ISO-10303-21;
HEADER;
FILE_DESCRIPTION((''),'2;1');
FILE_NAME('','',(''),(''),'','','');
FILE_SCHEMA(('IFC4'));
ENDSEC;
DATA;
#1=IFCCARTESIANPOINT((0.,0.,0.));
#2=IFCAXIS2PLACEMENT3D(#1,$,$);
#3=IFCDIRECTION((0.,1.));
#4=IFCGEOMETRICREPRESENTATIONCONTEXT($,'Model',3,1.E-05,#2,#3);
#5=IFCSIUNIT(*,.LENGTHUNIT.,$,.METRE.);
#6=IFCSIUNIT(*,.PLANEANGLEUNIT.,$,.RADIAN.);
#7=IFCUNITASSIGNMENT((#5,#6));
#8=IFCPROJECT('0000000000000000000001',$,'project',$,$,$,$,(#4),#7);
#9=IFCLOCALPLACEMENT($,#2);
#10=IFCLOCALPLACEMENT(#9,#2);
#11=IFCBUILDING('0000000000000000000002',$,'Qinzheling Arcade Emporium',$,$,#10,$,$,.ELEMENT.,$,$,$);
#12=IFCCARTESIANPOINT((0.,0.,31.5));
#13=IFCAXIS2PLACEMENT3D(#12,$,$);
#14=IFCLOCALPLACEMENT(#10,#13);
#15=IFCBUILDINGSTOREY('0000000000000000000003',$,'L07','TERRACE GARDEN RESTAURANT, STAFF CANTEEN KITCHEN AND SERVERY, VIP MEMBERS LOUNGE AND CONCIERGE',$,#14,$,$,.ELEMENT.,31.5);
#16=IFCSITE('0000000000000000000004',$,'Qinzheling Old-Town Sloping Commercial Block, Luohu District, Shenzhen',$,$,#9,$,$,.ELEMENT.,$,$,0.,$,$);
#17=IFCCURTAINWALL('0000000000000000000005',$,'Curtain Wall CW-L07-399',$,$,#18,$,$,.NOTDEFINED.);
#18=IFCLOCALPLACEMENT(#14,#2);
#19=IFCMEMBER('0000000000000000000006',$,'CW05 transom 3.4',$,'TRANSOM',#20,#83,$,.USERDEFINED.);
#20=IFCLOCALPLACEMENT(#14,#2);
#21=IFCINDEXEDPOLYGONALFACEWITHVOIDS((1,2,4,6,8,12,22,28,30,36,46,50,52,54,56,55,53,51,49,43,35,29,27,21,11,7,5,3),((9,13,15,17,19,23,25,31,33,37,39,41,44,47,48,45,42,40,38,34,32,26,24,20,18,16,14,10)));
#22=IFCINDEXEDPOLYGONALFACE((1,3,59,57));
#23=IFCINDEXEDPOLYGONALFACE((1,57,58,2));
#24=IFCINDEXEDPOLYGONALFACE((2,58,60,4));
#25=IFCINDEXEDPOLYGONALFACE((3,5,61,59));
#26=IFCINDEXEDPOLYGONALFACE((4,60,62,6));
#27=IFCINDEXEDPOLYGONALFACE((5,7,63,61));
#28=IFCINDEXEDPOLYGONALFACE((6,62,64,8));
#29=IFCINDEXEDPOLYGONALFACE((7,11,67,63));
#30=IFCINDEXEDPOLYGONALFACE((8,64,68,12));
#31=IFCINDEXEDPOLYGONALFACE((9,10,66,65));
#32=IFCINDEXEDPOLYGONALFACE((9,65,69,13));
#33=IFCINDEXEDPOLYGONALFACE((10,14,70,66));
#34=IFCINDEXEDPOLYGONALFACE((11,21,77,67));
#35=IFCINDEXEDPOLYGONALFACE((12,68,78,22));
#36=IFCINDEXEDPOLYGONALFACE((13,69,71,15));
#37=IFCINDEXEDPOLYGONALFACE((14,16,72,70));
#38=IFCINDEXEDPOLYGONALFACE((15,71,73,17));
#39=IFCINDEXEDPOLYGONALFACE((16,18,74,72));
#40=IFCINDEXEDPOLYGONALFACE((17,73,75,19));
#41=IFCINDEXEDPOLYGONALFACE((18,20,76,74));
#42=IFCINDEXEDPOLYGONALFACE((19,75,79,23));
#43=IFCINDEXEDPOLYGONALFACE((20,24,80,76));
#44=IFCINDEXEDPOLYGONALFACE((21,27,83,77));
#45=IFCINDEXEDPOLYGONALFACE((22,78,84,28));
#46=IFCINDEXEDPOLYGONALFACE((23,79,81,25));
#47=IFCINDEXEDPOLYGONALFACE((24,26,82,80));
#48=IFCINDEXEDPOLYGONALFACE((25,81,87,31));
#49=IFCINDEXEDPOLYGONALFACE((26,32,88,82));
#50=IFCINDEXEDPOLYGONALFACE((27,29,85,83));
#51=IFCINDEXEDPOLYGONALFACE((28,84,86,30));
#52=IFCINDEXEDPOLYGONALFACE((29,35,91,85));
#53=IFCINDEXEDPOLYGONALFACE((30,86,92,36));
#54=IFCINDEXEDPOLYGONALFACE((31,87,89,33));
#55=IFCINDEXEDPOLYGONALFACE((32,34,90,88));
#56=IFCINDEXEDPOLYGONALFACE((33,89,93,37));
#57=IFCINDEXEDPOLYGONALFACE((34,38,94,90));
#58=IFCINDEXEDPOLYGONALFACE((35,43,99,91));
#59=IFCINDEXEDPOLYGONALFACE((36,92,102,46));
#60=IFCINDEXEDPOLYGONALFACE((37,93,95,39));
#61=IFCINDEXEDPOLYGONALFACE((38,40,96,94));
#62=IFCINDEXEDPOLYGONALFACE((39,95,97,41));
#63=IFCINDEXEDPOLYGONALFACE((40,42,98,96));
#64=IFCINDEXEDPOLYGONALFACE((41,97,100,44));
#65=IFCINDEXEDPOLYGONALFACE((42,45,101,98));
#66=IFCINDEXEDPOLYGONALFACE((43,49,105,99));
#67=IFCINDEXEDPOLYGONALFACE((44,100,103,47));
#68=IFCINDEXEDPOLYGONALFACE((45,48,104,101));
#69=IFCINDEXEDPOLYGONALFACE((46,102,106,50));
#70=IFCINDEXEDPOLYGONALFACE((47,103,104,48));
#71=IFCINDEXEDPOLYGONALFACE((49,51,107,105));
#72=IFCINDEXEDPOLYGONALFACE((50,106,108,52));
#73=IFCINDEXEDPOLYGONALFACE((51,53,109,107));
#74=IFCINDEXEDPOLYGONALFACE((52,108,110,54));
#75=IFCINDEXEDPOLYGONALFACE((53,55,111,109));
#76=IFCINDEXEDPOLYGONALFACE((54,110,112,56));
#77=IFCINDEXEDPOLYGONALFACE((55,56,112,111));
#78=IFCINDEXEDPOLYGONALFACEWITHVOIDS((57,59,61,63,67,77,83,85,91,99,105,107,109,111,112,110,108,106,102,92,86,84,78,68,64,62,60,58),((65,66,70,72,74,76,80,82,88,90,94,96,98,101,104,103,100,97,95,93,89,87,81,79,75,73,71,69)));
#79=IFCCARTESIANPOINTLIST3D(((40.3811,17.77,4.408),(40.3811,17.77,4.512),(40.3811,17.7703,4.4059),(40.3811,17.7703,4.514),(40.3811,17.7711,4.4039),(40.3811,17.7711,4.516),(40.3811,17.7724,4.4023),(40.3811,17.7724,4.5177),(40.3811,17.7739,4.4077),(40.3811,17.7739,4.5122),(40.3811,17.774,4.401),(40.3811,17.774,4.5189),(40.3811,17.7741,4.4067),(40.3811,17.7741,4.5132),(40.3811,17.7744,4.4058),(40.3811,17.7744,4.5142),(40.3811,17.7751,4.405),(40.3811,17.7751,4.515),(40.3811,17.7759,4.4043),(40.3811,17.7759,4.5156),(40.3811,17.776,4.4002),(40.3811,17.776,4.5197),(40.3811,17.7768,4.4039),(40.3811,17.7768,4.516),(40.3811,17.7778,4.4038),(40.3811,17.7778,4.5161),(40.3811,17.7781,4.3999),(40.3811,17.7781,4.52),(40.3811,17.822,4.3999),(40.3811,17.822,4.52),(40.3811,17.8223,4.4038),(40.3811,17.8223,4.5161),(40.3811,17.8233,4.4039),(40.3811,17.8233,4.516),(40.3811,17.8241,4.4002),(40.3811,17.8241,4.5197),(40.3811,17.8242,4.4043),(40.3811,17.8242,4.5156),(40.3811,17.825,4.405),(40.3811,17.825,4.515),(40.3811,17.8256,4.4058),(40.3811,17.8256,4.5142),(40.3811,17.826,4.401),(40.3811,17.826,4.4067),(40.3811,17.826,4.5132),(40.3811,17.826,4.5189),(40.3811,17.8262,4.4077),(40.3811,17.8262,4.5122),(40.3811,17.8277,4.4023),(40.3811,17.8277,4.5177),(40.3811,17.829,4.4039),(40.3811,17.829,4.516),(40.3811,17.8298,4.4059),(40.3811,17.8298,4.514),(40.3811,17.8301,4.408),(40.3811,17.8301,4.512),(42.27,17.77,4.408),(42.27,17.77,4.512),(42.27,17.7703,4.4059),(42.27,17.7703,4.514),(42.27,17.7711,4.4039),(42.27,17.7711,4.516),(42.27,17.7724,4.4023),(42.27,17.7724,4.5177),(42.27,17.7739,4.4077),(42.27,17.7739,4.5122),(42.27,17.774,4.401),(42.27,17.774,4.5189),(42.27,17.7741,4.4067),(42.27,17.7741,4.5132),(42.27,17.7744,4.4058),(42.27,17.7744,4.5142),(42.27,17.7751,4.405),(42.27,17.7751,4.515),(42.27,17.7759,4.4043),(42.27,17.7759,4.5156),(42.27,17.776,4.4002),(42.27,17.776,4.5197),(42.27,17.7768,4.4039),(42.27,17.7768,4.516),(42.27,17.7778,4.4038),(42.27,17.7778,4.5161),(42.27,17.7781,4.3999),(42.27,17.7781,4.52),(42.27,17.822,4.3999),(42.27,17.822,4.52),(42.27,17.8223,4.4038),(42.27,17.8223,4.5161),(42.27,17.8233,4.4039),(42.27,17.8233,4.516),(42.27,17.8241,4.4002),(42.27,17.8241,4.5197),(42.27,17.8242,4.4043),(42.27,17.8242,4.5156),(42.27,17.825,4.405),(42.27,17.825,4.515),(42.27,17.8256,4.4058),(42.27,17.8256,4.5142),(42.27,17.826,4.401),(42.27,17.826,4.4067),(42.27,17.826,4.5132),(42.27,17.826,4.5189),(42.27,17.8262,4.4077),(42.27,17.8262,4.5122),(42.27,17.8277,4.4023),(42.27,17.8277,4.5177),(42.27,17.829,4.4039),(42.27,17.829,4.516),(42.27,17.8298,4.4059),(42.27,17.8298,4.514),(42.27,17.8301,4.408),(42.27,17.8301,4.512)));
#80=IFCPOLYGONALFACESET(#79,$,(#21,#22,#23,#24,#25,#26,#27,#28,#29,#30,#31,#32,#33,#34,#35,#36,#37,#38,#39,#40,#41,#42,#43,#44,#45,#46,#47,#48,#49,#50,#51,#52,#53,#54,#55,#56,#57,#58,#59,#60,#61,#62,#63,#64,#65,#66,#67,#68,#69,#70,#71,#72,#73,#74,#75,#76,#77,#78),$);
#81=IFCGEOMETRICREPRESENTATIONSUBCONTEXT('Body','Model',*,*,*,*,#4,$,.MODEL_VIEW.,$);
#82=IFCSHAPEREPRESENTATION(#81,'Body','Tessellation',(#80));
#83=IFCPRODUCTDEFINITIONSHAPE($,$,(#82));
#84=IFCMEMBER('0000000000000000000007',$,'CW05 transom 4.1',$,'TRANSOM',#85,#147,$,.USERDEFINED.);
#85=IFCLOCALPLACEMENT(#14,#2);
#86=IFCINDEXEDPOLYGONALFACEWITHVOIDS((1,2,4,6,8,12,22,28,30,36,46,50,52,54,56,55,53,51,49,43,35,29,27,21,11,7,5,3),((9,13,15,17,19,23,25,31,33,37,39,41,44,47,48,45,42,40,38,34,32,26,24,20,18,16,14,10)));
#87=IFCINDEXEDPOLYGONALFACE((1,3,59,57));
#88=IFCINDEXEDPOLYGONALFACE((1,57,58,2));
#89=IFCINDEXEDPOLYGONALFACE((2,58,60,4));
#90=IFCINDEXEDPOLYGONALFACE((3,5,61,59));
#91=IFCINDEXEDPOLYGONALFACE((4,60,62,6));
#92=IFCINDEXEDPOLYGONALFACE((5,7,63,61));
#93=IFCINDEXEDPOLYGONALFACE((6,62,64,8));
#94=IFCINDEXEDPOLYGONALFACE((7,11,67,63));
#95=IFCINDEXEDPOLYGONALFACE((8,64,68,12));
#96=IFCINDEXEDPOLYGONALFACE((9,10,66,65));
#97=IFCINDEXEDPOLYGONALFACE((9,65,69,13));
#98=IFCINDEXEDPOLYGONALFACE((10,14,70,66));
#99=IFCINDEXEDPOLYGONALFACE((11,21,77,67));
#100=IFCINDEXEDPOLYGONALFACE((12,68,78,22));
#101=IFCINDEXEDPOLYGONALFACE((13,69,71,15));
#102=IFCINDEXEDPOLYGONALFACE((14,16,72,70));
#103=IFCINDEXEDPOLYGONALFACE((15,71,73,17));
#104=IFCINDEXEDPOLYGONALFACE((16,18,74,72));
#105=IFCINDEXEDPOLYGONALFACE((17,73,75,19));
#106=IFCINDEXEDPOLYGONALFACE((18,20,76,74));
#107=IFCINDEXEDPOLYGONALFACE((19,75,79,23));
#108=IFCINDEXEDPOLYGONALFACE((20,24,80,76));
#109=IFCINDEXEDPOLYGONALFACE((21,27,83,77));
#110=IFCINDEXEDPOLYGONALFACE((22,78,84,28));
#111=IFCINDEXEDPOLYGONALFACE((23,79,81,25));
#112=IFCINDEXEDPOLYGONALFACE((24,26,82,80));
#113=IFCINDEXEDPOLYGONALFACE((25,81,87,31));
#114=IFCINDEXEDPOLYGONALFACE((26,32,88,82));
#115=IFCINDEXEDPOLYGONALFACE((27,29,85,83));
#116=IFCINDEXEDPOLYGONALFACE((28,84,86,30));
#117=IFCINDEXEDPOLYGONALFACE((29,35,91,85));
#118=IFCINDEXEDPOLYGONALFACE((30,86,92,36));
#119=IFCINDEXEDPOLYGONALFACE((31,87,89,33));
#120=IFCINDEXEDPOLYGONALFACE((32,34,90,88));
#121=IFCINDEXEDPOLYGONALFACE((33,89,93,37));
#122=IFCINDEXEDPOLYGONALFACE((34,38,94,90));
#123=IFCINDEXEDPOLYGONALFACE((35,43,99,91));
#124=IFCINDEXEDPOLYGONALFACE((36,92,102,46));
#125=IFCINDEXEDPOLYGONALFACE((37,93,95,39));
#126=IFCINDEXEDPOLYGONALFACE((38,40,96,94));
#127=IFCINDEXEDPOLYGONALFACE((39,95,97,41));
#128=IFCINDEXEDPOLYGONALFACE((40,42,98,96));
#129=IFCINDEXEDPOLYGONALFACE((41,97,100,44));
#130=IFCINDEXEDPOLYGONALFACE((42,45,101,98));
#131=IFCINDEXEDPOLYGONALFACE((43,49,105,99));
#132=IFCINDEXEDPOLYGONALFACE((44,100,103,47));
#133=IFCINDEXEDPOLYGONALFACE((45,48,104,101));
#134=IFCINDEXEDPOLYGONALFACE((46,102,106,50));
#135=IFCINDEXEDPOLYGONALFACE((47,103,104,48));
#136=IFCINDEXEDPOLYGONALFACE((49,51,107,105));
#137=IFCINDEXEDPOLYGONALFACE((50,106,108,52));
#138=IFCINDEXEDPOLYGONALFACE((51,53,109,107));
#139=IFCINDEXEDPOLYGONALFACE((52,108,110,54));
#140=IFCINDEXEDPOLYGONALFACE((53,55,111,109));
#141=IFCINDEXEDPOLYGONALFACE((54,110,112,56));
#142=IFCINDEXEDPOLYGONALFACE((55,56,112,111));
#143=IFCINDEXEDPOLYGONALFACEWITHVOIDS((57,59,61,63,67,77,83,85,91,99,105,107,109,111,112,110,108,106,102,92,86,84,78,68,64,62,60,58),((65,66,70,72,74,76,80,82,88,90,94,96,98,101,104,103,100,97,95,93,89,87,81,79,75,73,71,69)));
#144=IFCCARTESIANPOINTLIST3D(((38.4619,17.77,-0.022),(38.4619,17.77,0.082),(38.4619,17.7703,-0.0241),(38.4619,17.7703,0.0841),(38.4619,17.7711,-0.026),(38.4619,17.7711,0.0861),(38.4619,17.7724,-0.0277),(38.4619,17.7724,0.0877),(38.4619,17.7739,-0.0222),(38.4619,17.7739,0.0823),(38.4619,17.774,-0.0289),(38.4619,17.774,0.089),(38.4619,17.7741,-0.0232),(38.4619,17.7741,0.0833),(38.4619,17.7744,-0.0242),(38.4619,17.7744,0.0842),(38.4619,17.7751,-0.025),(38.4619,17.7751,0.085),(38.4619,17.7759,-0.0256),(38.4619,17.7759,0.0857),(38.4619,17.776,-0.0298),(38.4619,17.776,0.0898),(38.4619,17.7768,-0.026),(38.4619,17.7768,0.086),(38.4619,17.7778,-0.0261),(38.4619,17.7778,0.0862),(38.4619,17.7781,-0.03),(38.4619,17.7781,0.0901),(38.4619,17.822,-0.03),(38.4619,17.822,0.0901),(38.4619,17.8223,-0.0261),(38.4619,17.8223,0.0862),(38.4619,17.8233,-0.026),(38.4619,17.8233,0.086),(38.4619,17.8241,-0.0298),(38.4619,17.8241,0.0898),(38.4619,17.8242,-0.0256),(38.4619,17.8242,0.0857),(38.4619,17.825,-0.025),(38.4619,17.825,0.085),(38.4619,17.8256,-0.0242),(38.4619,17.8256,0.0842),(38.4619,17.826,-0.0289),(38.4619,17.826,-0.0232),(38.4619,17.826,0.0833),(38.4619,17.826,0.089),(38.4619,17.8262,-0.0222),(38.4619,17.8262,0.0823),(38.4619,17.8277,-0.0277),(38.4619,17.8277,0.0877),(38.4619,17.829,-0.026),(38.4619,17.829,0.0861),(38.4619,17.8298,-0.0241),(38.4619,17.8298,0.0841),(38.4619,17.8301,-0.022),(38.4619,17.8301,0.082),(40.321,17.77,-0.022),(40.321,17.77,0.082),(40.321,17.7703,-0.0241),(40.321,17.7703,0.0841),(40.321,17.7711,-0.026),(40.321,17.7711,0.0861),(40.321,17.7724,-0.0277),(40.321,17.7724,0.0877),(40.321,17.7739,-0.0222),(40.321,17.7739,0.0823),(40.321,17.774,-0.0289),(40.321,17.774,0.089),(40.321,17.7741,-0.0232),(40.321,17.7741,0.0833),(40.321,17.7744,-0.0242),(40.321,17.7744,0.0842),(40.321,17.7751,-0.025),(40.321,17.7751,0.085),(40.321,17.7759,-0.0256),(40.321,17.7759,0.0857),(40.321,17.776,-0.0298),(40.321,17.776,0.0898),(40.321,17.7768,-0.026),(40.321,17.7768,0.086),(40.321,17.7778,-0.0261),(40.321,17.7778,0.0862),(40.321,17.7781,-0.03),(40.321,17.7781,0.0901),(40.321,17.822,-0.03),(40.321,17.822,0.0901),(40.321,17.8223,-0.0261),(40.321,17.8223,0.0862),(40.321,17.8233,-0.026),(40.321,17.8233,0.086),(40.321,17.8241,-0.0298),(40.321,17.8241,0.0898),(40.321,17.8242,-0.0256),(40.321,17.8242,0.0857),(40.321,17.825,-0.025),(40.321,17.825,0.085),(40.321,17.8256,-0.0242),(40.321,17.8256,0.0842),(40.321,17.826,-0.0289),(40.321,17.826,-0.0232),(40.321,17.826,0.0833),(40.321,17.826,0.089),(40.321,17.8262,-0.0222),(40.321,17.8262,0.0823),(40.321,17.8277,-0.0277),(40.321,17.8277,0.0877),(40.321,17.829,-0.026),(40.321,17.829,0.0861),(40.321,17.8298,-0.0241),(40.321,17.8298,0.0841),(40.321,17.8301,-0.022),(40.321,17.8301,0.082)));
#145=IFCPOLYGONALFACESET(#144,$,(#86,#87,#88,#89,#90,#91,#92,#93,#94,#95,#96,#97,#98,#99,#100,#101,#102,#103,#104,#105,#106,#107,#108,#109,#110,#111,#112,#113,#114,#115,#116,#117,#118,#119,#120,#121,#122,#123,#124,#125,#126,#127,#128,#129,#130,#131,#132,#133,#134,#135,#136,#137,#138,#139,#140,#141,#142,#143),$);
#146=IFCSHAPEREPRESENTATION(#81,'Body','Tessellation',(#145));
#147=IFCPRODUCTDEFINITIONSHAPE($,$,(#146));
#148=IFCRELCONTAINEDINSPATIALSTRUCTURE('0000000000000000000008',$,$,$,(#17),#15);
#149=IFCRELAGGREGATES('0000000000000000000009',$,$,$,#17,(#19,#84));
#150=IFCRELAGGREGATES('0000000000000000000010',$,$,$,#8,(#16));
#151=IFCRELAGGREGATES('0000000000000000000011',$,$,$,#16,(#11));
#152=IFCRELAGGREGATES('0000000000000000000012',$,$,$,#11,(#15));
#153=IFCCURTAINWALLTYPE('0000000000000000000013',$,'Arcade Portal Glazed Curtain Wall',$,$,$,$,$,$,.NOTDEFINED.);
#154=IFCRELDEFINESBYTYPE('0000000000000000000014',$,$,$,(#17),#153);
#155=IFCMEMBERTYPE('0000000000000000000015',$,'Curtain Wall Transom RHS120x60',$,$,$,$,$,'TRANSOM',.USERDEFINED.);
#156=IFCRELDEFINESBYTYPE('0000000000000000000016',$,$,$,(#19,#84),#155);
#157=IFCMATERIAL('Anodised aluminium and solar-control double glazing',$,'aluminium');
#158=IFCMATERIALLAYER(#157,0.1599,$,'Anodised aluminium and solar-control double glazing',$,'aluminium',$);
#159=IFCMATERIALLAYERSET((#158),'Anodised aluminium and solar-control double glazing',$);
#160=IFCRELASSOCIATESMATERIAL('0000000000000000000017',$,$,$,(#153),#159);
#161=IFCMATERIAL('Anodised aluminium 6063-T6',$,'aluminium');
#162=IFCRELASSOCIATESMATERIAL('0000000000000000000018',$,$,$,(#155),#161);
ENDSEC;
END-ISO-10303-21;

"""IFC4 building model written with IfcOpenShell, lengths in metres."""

from ifc_helpers import new_model, si_unit, direction, frame, origin, origin_2d, place, context, subcontext, project, spatial, hollow_rectangle, extrude, material, layer, layer_set, material_profile, profile_set, type_object, element, aggregate, save


model = new_model("IFC4")

# Units and contexts
model_context = context("Model", 3, precision=1e-05, world=origin(), true_north=direction((0.0, 1.0)))
body_context = subcontext(model_context, "Body", "Model", "MODEL_VIEW")
ifc_project = project(units=[si_unit("LENGTHUNIT", "METRE"), si_unit("PLANEANGLEUNIT", "RADIAN")], contexts=[model_context])

# Site, building, storey
site_placement = place(None, origin())
site = spatial("IfcSite", under=ifc_project, at=site_placement, Name="Qinzheling Old-Town Sloping Commercial Block, Luohu District, Shenzhen", CompositionType="ELEMENT", RefElevation=0.0)
building_placement = place(site_placement, origin())
building = spatial("IfcBuilding", under=site, at=building_placement, Name="Qinzheling Arcade Emporium", CompositionType="ELEMENT")
storey_placement = place(building_placement, frame((0.0, 0.0, 31.5)))
storey = spatial("IfcBuildingStorey", under=building, at=storey_placement, Name="L07", Description="TERRACE GARDEN RESTAURANT, STAFF CANTEEN KITCHEN AND SERVERY, VIP MEMBERS LOUNGE AND CONCIERGE", CompositionType="ELEMENT", Elevation=31.5)

# Curtain wall, members
ifc_material_1 = material(Name="Anodised aluminium and solar-control double glazing", Category="aluminium")
ifc_layer_1 = layer(ifc_material_1, 0.1599, Name="Anodised aluminium and solar-control double glazing", Category="aluminium")
ifc_layer_set_1 = layer_set([ifc_layer_1], Name="Anodised aluminium and solar-control double glazing")
curtain_wall_type = type_object("IfcCurtainWallType", Name="Arcade Portal Glazed Curtain Wall", PredefinedType="NOTDEFINED", material=ifc_layer_set_1)
curtain_wall_placement = place(storey_placement, origin())
curtain_wall = element("IfcCurtainWall", 1, at=curtain_wall_placement, inside=storey, type_object=curtain_wall_type, Name="Curtain Wall CW-L07-399", PredefinedType="NOTDEFINED")
ifc_material_2 = material(Name="Anodised aluminium 6063-T6", Category="aluminium")
ifc_material_profile_1 = material_profile(ifc_material_2, hollow_rectangle(XDim=0.0601, YDim=0.1201, WallThickness=0.0039, InnerFilletRadius=0.0039, OuterFilletRadius=0.0081, at=origin_2d()), Name="RHS 120x60x4", Category="aluminium")
ifc_profile_set_1 = profile_set([ifc_material_profile_1], Name="Anodised aluminium 6063-T6")
member_type_1 = type_object("IfcMemberType", Name="Curtain Wall Transom RHS120x60", ElementType="TRANSOM", PredefinedType="USERDEFINED", material=ifc_profile_set_1)
member_1_placement = place(storey_placement, frame((42.27, 17.8, 4.46), z_axis=(-1.0, 0.0, 0.0), x_axis=(0.0, -1.0, 0.0)))
member_1 = element("IfcMember", 2, at=member_1_placement, type_object=member_type_1, Name="CW05 transom 3.4", ObjectType="TRANSOM", PredefinedType="USERDEFINED", context=body_context, shape_type="SweptSolid", body=[
    extrude(hollow_rectangle(XDim=0.0601, YDim=0.1201, WallThickness=0.0039, InnerFilletRadius=0.0039, OuterFilletRadius=0.0081, at=origin_2d()), origin(), (0.0, 0.0, 1.0), 1.8889),
])
member_2_placement = place(storey_placement, frame((40.321, 17.8, 0.03), z_axis=(-1.0, 0.0, 0.0), x_axis=(0.0, -1.0, 0.0)))
member_2 = element("IfcMember", 3, at=member_2_placement, type_object=member_type_1, Name="CW05 transom 4.1", ObjectType="TRANSOM", PredefinedType="USERDEFINED", context=body_context, shape_type="SweptSolid", body=[
    extrude(hollow_rectangle(XDim=0.0601, YDim=0.1201, WallThickness=0.0039, InnerFilletRadius=0.0039, OuterFilletRadius=0.0081, at=origin_2d()), origin(), (0.0, 0.0, 1.0), 1.8591),
])

aggregate(curtain_wall, [member_1, member_2])

save(model, "model.ifc")
